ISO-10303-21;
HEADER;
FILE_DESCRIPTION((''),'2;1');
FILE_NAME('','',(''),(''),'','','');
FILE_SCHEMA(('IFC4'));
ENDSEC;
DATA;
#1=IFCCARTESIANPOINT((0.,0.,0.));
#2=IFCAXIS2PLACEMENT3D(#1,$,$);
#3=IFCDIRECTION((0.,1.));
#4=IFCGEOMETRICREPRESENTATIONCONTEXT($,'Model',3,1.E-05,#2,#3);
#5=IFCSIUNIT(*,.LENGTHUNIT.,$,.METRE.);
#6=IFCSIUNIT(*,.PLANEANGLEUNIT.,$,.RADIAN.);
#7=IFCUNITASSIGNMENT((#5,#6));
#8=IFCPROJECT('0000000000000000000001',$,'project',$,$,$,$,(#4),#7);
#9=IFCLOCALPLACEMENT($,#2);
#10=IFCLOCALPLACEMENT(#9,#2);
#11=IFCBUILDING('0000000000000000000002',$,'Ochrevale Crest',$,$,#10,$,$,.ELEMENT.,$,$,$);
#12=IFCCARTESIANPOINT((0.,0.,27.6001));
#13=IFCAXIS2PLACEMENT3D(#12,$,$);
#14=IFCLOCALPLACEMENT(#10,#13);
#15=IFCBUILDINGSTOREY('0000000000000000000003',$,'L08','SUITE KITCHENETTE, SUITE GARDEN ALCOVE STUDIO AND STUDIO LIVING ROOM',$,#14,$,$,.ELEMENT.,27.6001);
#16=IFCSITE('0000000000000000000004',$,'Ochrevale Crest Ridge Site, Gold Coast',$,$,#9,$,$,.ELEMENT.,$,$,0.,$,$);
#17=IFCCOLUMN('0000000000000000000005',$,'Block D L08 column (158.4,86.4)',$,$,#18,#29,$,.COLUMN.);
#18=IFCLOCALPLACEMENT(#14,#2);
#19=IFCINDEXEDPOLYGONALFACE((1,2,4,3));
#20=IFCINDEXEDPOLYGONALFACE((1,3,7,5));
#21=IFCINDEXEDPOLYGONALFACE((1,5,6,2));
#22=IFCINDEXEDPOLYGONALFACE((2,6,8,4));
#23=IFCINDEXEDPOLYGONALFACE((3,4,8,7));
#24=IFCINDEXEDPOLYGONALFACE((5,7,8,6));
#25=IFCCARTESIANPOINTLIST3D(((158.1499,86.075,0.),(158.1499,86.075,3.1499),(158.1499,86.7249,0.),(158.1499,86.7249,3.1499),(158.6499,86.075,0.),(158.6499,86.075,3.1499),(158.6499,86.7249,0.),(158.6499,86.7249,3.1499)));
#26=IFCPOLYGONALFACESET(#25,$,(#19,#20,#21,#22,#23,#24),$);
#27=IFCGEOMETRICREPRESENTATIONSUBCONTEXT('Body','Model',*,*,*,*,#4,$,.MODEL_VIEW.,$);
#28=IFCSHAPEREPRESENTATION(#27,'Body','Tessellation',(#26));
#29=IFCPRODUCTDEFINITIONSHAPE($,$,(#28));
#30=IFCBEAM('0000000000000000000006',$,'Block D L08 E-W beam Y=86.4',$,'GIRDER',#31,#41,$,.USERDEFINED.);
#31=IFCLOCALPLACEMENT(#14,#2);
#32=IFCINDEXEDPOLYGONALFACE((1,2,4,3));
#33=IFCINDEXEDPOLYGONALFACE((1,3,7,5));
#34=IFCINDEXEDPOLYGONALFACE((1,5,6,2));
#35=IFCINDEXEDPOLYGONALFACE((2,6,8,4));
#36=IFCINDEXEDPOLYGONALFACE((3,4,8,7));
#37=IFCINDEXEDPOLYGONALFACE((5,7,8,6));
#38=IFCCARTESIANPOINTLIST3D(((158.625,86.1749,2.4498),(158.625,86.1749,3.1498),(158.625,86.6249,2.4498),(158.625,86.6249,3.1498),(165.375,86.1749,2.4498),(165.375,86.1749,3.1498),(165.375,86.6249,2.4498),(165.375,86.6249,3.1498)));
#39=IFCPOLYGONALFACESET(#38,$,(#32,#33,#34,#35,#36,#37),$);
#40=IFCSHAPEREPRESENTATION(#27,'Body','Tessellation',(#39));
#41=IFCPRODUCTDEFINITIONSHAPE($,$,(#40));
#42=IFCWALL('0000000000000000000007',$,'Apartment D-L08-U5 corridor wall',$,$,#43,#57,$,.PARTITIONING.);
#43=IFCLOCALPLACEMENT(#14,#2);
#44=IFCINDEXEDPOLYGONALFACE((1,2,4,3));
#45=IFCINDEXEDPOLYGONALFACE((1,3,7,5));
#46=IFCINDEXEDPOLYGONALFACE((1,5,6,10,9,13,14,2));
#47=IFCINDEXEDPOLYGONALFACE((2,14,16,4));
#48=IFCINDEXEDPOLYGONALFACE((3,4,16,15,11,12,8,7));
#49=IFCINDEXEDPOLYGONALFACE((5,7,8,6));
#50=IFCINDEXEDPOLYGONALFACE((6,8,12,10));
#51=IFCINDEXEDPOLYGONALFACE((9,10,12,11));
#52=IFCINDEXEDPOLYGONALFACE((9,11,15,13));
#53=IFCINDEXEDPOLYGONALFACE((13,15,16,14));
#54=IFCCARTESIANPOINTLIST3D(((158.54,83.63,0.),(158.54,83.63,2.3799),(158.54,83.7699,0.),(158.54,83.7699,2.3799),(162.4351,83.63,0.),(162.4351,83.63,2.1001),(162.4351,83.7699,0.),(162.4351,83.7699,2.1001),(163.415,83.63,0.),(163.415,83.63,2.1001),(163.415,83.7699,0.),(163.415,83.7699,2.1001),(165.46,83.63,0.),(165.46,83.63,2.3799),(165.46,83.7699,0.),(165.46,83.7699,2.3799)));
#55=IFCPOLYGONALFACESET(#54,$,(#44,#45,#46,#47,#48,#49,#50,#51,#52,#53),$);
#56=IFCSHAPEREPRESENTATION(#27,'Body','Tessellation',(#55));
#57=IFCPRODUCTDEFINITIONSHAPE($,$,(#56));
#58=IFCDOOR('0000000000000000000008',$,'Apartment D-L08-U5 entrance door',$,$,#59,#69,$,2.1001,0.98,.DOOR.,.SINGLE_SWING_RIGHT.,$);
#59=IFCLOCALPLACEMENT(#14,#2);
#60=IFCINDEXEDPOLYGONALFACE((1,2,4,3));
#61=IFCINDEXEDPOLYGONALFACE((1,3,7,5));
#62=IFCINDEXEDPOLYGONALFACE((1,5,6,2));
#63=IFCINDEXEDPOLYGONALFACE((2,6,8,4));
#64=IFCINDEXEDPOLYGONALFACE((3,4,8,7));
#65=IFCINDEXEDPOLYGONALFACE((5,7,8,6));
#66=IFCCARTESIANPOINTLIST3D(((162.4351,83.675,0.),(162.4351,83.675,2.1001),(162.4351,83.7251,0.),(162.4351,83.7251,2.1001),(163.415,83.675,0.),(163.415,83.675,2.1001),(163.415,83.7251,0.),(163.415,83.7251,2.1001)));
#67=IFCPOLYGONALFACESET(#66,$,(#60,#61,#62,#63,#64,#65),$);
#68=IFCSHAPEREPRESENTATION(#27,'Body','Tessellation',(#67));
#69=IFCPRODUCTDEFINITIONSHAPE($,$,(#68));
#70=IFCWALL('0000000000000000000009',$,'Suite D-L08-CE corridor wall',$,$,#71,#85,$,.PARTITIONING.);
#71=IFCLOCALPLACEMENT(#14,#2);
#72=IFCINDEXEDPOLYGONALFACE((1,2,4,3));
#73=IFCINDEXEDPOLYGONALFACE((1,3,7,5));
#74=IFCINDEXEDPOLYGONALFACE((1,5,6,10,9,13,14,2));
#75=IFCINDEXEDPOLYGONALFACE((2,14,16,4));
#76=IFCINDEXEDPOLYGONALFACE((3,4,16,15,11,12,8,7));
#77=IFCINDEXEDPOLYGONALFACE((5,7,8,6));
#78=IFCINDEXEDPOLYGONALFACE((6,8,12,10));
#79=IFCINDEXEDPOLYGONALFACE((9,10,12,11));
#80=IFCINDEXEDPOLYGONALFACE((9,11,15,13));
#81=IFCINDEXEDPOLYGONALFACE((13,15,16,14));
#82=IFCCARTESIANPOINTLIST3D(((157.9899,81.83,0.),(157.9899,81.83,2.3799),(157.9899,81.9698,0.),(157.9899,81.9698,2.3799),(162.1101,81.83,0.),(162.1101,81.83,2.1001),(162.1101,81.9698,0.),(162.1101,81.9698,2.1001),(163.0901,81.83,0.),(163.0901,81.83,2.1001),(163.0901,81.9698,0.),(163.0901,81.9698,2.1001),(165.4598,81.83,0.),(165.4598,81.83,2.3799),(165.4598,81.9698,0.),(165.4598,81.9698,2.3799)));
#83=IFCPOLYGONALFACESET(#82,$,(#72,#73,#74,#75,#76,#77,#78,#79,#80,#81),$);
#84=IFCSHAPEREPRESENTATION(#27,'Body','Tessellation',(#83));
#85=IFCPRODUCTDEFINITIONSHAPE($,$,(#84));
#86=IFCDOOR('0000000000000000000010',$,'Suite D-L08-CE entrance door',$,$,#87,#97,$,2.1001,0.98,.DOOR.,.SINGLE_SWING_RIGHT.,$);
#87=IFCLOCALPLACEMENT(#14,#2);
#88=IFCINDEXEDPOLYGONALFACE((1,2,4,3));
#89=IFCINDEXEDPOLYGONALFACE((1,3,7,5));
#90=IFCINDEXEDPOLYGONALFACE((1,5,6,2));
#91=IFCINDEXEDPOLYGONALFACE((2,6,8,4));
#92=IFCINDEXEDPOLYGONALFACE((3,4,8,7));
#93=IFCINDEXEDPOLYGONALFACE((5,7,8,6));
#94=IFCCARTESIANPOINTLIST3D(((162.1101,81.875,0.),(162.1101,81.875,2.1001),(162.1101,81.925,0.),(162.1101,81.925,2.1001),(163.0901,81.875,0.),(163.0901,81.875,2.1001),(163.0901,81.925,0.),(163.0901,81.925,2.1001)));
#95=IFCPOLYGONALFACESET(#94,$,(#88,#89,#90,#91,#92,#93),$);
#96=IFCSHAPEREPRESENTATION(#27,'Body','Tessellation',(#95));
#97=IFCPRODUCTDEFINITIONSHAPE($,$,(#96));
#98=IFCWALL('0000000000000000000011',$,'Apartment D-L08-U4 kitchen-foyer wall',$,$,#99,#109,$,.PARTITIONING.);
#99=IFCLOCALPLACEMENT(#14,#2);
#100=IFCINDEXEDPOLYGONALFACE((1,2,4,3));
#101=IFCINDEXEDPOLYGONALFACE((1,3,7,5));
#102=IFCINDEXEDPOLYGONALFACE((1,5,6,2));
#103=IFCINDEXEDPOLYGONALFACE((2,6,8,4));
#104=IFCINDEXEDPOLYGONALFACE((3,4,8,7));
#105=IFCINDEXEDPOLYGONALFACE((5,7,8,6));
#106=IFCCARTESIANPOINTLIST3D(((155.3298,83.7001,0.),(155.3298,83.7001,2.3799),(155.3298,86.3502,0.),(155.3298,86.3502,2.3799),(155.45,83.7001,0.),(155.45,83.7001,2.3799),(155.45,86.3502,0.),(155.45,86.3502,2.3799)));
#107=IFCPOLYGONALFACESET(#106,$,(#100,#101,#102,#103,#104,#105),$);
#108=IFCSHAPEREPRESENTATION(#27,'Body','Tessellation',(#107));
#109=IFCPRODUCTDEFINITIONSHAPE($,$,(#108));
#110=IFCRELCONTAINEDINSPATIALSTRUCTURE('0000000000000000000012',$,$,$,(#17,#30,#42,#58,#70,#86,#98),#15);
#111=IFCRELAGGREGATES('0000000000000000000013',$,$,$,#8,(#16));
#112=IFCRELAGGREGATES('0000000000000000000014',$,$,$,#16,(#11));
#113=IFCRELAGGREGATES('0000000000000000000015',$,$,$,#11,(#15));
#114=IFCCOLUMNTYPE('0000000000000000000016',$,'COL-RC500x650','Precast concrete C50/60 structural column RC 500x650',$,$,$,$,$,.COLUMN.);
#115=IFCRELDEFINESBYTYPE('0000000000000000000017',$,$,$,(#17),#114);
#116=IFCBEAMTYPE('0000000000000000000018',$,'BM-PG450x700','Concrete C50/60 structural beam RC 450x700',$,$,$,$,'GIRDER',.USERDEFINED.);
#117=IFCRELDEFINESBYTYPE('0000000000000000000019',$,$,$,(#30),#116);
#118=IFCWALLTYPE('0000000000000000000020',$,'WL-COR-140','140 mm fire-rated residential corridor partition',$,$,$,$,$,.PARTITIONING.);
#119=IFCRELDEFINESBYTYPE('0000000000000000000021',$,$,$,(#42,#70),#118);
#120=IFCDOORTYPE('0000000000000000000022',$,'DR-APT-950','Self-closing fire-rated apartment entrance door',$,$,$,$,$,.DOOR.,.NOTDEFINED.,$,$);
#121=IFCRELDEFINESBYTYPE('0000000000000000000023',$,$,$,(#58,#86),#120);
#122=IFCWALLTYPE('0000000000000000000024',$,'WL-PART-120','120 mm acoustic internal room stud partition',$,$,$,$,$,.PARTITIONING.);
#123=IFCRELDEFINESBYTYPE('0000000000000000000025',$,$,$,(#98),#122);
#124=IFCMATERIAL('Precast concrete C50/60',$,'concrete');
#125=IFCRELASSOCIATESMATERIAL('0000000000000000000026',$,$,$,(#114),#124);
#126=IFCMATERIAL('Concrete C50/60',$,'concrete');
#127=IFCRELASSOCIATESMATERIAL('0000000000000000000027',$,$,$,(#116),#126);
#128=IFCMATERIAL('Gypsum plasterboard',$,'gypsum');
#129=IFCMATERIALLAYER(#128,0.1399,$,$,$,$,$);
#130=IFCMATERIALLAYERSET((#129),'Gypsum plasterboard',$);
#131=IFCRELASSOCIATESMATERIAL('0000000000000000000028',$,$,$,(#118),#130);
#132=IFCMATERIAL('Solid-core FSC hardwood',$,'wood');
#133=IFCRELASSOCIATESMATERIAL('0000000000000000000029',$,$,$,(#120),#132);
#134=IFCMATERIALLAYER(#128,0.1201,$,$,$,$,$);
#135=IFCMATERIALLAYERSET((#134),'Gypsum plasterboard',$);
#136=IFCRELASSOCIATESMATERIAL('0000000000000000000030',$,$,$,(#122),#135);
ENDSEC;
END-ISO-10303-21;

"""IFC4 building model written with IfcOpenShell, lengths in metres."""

from ifc_helpers import new_model, si_unit, direction, frame, frame_2d, origin, origin_2d, place, context, subcontext, project, spatial, rectangle, extrude, material, layer, layer_set, material_profile, profile_set, type_object, element, fill, save


model = new_model("IFC4")

# Units and contexts
model_context = context("Model", 3, precision=1e-05, world=origin(), true_north=direction((0.0, 1.0)))
body_context = subcontext(model_context, "Body", "Model", "MODEL_VIEW")
ifc_project = project(units=[si_unit("LENGTHUNIT", "METRE"), si_unit("PLANEANGLEUNIT", "RADIAN")], contexts=[model_context])

# Site, building, storey
site_placement = place(None, origin())
site = spatial("IfcSite", under=ifc_project, at=site_placement, Name="Ochrevale Crest Ridge Site, Gold Coast", CompositionType="ELEMENT", RefElevation=0.0)
building_placement = place(site_placement, origin())
building = spatial("IfcBuilding", under=site, at=building_placement, Name="Ochrevale Crest", CompositionType="ELEMENT")
storey_placement = place(building_placement, frame((0.0, 0.0, 27.6001)))
storey = spatial("IfcBuildingStorey", under=building, at=storey_placement, Name="L08", Description="SUITE KITCHENETTE, SUITE GARDEN ALCOVE STUDIO AND STUDIO LIVING ROOM", CompositionType="ELEMENT", Elevation=27.6001)

# Column
ifc_material_1 = material(Name="Precast concrete C50/60", Category="concrete")
ifc_material_profile_1 = material_profile(ifc_material_1, rectangle(XDim=0.5, YDim=0.6499, at=origin_2d()), Name="RC 500x650")
ifc_profile_set_1 = profile_set([ifc_material_profile_1], Name="Precast concrete C50/60")
column_type = type_object("IfcColumnType", Name="COL-RC500x650", Description="Precast concrete C50/60 structural column RC 500x650", PredefinedType="COLUMN", material=ifc_profile_set_1)
column_placement = place(storey_placement, frame((158.3999, 86.3999, 0.0), z_axis=(0.0, 0.0, 1.0), x_axis=(1.0, 0.0, 0.0)))
element("IfcColumn", 1, at=column_placement, inside=storey, type_object=column_type, Name="Block D L08 column (158.4,86.4)", PredefinedType="COLUMN", context=body_context, shape_type="SweptSolid", body=[
    extrude(rectangle(XDim=0.5, YDim=0.6499, at=origin_2d()), origin(), (0.0, 0.0, 1.0), 3.1499),
])

# Beam
ifc_material_2 = material(Name="Concrete C50/60", Category="concrete")
ifc_material_profile_2 = material_profile(ifc_material_2, rectangle(XDim=0.45, YDim=0.7, at=origin_2d()), Name="RC 450x700")
ifc_profile_set_2 = profile_set([ifc_material_profile_2], Name="Concrete C50/60")
beam_type = type_object("IfcBeamType", Name="BM-PG450x700", Description="Concrete C50/60 structural beam RC 450x700", ElementType="GIRDER", PredefinedType="USERDEFINED", material=ifc_profile_set_2)
beam_placement = place(storey_placement, frame((158.625, 86.3999, 2.7998), z_axis=(1.0, 0.0, 0.0), x_axis=(0.0, 1.0, 0.0)))
element("IfcBeam", 2, at=beam_placement, inside=storey, type_object=beam_type, Name="Block D L08 E-W beam Y=86.4", ObjectType="GIRDER", PredefinedType="USERDEFINED", context=body_context, shape_type="SweptSolid", body=[
    extrude(rectangle(XDim=0.45, YDim=0.7, at=origin_2d()), origin(), (0.0, 0.0, 1.0), 6.75),
])

# Walls, openings, doors
ifc_material_3 = material(Name="Gypsum plasterboard", Category="gypsum")
ifc_layer_1 = layer(ifc_material_3, 0.1399)
ifc_layer_set_1 = layer_set([ifc_layer_1], Name="Gypsum plasterboard")
wall_type_1 = type_object("IfcWallType", Name="WL-COR-140", Description="140 mm fire-rated residential corridor partition", PredefinedType="PARTITIONING", material=ifc_layer_set_1)
wall_1_placement = place(storey_placement, frame((158.54, 83.7, 0.0), z_axis=(0.0, 0.0, 1.0), x_axis=(1.0, 0.0, 0.0)))
wall_1 = element("IfcWall", 3, at=wall_1_placement, inside=storey, type_object=wall_type_1, Name="Apartment D-L08-U5 corridor wall", PredefinedType="PARTITIONING", context=body_context, shape_type="SweptSolid", body=[
    extrude(rectangle(XDim=6.9199, YDim=0.1399, at=frame_2d((3.46, 0.0))), origin(), (0.0, 0.0, 1.0), 2.3799),
])
opening_1_placement = place(wall_1_placement, frame((4.875, 0.0, 0.0), z_axis=(0.0, 0.0, 1.0), x_axis=(-1.0, 0.0, 0.0)))
opening_1 = element("IfcOpeningElement", 4, at=opening_1_placement, cuts=wall_1, PredefinedType="OPENING", context=body_context, shape_type="SweptSolid", body=[
    extrude(rectangle(XDim=0.98, YDim=2.1001, at=frame_2d((0.49, 1.05))), frame((0.0, 0.0801, 0.0), z_axis=(0.0, -1.0, 0.0), x_axis=(1.0, 0.0, 0.0)), (0.0, 0.0, 1.0), 0.1599),
])
ifc_material_4 = material(Name="Solid-core FSC hardwood", Category="wood")
door_type_1 = type_object("IfcDoorType", Name="DR-APT-950", Description="Self-closing fire-rated apartment entrance door", OperationType="NOTDEFINED", PredefinedType="DOOR", material=ifc_material_4)
door_1_placement = place(opening_1_placement, origin())
door_1 = element("IfcDoor", 5, at=door_1_placement, inside=storey, type_object=door_type_1, Name="Apartment D-L08-U5 entrance door", OperationType="SINGLE_SWING_RIGHT", OverallHeight=2.1001, OverallWidth=0.98, PredefinedType="DOOR", context=body_context, shape_type="SweptSolid", body=[
    extrude(rectangle(XDim=0.98, YDim=2.1001, at=frame_2d((0.49, 1.05))), frame((0.0, 0.0249, 0.0), z_axis=(0.0, -1.0, 0.0), x_axis=(1.0, 0.0, 0.0)), (0.0, 0.0, 1.0), 0.05),
])
fill(opening_1, door_1)
wall_2_placement = place(storey_placement, frame((157.99, 81.8999, 0.0), z_axis=(0.0, 0.0, 1.0), x_axis=(1.0, 0.0, 0.0)))
wall_2 = element("IfcWall", 6, at=wall_2_placement, inside=storey, type_object=wall_type_1, Name="Suite D-L08-CE corridor wall", PredefinedType="PARTITIONING", context=body_context, shape_type="SweptSolid", body=[
    extrude(rectangle(XDim=7.47, YDim=0.1399, at=frame_2d((3.7349, 0.0))), origin(), (0.0, 0.0, 1.0), 2.3799),
])
opening_2_placement = place(wall_2_placement, frame((5.1001, 0.0, 0.0), z_axis=(0.0, 0.0, 1.0), x_axis=(-1.0, 0.0, 0.0)))
opening_2 = element("IfcOpeningElement", 7, at=opening_2_placement, cuts=wall_2, PredefinedType="OPENING", context=body_context, shape_type="SweptSolid", body=[
    extrude(rectangle(XDim=0.98, YDim=2.1001, at=frame_2d((0.49, 1.05))), frame((0.0, 0.0801, 0.0), z_axis=(0.0, -1.0, 0.0), x_axis=(1.0, 0.0, 0.0)), (0.0, 0.0, 1.0), 0.1599),
])
door_2_placement = place(opening_2_placement, origin())
door_2 = element("IfcDoor", 8, at=door_2_placement, inside=storey, type_object=door_type_1, Name="Suite D-L08-CE entrance door", OperationType="SINGLE_SWING_RIGHT", OverallHeight=2.1001, OverallWidth=0.98, PredefinedType="DOOR", context=body_context, shape_type="SweptSolid", body=[
    extrude(rectangle(XDim=0.98, YDim=2.1001, at=frame_2d((0.49, 1.05))), frame((0.0, 0.0249, 0.0), z_axis=(0.0, -1.0, 0.0), x_axis=(1.0, 0.0, 0.0)), (0.0, 0.0, 1.0), 0.05),
])
fill(opening_2, door_2)

# Wall
ifc_layer_2 = layer(ifc_material_3, 0.1201)
ifc_layer_set_2 = layer_set([ifc_layer_2], Name="Gypsum plasterboard")
wall_type_2 = type_object("IfcWallType", Name="WL-PART-120", Description="120 mm acoustic internal room stud partition", PredefinedType="PARTITIONING", material=ifc_layer_set_2)
wall_3_placement = place(storey_placement, frame((155.3899, 83.7, 0.0), z_axis=(0.0, 0.0, 1.0), x_axis=(0.0, 1.0, 0.0)))
element("IfcWall", 9, at=wall_3_placement, inside=storey, type_object=wall_type_2, Name="Apartment D-L08-U4 kitchen-foyer wall", PredefinedType="PARTITIONING", context=body_context, shape_type="SweptSolid", body=[
    extrude(rectangle(XDim=2.6501, YDim=0.1201, at=frame_2d((1.3252, 0.0))), origin(), (0.0, 0.0, 1.0), 2.3799),
])

save(model, "model.ifc")
